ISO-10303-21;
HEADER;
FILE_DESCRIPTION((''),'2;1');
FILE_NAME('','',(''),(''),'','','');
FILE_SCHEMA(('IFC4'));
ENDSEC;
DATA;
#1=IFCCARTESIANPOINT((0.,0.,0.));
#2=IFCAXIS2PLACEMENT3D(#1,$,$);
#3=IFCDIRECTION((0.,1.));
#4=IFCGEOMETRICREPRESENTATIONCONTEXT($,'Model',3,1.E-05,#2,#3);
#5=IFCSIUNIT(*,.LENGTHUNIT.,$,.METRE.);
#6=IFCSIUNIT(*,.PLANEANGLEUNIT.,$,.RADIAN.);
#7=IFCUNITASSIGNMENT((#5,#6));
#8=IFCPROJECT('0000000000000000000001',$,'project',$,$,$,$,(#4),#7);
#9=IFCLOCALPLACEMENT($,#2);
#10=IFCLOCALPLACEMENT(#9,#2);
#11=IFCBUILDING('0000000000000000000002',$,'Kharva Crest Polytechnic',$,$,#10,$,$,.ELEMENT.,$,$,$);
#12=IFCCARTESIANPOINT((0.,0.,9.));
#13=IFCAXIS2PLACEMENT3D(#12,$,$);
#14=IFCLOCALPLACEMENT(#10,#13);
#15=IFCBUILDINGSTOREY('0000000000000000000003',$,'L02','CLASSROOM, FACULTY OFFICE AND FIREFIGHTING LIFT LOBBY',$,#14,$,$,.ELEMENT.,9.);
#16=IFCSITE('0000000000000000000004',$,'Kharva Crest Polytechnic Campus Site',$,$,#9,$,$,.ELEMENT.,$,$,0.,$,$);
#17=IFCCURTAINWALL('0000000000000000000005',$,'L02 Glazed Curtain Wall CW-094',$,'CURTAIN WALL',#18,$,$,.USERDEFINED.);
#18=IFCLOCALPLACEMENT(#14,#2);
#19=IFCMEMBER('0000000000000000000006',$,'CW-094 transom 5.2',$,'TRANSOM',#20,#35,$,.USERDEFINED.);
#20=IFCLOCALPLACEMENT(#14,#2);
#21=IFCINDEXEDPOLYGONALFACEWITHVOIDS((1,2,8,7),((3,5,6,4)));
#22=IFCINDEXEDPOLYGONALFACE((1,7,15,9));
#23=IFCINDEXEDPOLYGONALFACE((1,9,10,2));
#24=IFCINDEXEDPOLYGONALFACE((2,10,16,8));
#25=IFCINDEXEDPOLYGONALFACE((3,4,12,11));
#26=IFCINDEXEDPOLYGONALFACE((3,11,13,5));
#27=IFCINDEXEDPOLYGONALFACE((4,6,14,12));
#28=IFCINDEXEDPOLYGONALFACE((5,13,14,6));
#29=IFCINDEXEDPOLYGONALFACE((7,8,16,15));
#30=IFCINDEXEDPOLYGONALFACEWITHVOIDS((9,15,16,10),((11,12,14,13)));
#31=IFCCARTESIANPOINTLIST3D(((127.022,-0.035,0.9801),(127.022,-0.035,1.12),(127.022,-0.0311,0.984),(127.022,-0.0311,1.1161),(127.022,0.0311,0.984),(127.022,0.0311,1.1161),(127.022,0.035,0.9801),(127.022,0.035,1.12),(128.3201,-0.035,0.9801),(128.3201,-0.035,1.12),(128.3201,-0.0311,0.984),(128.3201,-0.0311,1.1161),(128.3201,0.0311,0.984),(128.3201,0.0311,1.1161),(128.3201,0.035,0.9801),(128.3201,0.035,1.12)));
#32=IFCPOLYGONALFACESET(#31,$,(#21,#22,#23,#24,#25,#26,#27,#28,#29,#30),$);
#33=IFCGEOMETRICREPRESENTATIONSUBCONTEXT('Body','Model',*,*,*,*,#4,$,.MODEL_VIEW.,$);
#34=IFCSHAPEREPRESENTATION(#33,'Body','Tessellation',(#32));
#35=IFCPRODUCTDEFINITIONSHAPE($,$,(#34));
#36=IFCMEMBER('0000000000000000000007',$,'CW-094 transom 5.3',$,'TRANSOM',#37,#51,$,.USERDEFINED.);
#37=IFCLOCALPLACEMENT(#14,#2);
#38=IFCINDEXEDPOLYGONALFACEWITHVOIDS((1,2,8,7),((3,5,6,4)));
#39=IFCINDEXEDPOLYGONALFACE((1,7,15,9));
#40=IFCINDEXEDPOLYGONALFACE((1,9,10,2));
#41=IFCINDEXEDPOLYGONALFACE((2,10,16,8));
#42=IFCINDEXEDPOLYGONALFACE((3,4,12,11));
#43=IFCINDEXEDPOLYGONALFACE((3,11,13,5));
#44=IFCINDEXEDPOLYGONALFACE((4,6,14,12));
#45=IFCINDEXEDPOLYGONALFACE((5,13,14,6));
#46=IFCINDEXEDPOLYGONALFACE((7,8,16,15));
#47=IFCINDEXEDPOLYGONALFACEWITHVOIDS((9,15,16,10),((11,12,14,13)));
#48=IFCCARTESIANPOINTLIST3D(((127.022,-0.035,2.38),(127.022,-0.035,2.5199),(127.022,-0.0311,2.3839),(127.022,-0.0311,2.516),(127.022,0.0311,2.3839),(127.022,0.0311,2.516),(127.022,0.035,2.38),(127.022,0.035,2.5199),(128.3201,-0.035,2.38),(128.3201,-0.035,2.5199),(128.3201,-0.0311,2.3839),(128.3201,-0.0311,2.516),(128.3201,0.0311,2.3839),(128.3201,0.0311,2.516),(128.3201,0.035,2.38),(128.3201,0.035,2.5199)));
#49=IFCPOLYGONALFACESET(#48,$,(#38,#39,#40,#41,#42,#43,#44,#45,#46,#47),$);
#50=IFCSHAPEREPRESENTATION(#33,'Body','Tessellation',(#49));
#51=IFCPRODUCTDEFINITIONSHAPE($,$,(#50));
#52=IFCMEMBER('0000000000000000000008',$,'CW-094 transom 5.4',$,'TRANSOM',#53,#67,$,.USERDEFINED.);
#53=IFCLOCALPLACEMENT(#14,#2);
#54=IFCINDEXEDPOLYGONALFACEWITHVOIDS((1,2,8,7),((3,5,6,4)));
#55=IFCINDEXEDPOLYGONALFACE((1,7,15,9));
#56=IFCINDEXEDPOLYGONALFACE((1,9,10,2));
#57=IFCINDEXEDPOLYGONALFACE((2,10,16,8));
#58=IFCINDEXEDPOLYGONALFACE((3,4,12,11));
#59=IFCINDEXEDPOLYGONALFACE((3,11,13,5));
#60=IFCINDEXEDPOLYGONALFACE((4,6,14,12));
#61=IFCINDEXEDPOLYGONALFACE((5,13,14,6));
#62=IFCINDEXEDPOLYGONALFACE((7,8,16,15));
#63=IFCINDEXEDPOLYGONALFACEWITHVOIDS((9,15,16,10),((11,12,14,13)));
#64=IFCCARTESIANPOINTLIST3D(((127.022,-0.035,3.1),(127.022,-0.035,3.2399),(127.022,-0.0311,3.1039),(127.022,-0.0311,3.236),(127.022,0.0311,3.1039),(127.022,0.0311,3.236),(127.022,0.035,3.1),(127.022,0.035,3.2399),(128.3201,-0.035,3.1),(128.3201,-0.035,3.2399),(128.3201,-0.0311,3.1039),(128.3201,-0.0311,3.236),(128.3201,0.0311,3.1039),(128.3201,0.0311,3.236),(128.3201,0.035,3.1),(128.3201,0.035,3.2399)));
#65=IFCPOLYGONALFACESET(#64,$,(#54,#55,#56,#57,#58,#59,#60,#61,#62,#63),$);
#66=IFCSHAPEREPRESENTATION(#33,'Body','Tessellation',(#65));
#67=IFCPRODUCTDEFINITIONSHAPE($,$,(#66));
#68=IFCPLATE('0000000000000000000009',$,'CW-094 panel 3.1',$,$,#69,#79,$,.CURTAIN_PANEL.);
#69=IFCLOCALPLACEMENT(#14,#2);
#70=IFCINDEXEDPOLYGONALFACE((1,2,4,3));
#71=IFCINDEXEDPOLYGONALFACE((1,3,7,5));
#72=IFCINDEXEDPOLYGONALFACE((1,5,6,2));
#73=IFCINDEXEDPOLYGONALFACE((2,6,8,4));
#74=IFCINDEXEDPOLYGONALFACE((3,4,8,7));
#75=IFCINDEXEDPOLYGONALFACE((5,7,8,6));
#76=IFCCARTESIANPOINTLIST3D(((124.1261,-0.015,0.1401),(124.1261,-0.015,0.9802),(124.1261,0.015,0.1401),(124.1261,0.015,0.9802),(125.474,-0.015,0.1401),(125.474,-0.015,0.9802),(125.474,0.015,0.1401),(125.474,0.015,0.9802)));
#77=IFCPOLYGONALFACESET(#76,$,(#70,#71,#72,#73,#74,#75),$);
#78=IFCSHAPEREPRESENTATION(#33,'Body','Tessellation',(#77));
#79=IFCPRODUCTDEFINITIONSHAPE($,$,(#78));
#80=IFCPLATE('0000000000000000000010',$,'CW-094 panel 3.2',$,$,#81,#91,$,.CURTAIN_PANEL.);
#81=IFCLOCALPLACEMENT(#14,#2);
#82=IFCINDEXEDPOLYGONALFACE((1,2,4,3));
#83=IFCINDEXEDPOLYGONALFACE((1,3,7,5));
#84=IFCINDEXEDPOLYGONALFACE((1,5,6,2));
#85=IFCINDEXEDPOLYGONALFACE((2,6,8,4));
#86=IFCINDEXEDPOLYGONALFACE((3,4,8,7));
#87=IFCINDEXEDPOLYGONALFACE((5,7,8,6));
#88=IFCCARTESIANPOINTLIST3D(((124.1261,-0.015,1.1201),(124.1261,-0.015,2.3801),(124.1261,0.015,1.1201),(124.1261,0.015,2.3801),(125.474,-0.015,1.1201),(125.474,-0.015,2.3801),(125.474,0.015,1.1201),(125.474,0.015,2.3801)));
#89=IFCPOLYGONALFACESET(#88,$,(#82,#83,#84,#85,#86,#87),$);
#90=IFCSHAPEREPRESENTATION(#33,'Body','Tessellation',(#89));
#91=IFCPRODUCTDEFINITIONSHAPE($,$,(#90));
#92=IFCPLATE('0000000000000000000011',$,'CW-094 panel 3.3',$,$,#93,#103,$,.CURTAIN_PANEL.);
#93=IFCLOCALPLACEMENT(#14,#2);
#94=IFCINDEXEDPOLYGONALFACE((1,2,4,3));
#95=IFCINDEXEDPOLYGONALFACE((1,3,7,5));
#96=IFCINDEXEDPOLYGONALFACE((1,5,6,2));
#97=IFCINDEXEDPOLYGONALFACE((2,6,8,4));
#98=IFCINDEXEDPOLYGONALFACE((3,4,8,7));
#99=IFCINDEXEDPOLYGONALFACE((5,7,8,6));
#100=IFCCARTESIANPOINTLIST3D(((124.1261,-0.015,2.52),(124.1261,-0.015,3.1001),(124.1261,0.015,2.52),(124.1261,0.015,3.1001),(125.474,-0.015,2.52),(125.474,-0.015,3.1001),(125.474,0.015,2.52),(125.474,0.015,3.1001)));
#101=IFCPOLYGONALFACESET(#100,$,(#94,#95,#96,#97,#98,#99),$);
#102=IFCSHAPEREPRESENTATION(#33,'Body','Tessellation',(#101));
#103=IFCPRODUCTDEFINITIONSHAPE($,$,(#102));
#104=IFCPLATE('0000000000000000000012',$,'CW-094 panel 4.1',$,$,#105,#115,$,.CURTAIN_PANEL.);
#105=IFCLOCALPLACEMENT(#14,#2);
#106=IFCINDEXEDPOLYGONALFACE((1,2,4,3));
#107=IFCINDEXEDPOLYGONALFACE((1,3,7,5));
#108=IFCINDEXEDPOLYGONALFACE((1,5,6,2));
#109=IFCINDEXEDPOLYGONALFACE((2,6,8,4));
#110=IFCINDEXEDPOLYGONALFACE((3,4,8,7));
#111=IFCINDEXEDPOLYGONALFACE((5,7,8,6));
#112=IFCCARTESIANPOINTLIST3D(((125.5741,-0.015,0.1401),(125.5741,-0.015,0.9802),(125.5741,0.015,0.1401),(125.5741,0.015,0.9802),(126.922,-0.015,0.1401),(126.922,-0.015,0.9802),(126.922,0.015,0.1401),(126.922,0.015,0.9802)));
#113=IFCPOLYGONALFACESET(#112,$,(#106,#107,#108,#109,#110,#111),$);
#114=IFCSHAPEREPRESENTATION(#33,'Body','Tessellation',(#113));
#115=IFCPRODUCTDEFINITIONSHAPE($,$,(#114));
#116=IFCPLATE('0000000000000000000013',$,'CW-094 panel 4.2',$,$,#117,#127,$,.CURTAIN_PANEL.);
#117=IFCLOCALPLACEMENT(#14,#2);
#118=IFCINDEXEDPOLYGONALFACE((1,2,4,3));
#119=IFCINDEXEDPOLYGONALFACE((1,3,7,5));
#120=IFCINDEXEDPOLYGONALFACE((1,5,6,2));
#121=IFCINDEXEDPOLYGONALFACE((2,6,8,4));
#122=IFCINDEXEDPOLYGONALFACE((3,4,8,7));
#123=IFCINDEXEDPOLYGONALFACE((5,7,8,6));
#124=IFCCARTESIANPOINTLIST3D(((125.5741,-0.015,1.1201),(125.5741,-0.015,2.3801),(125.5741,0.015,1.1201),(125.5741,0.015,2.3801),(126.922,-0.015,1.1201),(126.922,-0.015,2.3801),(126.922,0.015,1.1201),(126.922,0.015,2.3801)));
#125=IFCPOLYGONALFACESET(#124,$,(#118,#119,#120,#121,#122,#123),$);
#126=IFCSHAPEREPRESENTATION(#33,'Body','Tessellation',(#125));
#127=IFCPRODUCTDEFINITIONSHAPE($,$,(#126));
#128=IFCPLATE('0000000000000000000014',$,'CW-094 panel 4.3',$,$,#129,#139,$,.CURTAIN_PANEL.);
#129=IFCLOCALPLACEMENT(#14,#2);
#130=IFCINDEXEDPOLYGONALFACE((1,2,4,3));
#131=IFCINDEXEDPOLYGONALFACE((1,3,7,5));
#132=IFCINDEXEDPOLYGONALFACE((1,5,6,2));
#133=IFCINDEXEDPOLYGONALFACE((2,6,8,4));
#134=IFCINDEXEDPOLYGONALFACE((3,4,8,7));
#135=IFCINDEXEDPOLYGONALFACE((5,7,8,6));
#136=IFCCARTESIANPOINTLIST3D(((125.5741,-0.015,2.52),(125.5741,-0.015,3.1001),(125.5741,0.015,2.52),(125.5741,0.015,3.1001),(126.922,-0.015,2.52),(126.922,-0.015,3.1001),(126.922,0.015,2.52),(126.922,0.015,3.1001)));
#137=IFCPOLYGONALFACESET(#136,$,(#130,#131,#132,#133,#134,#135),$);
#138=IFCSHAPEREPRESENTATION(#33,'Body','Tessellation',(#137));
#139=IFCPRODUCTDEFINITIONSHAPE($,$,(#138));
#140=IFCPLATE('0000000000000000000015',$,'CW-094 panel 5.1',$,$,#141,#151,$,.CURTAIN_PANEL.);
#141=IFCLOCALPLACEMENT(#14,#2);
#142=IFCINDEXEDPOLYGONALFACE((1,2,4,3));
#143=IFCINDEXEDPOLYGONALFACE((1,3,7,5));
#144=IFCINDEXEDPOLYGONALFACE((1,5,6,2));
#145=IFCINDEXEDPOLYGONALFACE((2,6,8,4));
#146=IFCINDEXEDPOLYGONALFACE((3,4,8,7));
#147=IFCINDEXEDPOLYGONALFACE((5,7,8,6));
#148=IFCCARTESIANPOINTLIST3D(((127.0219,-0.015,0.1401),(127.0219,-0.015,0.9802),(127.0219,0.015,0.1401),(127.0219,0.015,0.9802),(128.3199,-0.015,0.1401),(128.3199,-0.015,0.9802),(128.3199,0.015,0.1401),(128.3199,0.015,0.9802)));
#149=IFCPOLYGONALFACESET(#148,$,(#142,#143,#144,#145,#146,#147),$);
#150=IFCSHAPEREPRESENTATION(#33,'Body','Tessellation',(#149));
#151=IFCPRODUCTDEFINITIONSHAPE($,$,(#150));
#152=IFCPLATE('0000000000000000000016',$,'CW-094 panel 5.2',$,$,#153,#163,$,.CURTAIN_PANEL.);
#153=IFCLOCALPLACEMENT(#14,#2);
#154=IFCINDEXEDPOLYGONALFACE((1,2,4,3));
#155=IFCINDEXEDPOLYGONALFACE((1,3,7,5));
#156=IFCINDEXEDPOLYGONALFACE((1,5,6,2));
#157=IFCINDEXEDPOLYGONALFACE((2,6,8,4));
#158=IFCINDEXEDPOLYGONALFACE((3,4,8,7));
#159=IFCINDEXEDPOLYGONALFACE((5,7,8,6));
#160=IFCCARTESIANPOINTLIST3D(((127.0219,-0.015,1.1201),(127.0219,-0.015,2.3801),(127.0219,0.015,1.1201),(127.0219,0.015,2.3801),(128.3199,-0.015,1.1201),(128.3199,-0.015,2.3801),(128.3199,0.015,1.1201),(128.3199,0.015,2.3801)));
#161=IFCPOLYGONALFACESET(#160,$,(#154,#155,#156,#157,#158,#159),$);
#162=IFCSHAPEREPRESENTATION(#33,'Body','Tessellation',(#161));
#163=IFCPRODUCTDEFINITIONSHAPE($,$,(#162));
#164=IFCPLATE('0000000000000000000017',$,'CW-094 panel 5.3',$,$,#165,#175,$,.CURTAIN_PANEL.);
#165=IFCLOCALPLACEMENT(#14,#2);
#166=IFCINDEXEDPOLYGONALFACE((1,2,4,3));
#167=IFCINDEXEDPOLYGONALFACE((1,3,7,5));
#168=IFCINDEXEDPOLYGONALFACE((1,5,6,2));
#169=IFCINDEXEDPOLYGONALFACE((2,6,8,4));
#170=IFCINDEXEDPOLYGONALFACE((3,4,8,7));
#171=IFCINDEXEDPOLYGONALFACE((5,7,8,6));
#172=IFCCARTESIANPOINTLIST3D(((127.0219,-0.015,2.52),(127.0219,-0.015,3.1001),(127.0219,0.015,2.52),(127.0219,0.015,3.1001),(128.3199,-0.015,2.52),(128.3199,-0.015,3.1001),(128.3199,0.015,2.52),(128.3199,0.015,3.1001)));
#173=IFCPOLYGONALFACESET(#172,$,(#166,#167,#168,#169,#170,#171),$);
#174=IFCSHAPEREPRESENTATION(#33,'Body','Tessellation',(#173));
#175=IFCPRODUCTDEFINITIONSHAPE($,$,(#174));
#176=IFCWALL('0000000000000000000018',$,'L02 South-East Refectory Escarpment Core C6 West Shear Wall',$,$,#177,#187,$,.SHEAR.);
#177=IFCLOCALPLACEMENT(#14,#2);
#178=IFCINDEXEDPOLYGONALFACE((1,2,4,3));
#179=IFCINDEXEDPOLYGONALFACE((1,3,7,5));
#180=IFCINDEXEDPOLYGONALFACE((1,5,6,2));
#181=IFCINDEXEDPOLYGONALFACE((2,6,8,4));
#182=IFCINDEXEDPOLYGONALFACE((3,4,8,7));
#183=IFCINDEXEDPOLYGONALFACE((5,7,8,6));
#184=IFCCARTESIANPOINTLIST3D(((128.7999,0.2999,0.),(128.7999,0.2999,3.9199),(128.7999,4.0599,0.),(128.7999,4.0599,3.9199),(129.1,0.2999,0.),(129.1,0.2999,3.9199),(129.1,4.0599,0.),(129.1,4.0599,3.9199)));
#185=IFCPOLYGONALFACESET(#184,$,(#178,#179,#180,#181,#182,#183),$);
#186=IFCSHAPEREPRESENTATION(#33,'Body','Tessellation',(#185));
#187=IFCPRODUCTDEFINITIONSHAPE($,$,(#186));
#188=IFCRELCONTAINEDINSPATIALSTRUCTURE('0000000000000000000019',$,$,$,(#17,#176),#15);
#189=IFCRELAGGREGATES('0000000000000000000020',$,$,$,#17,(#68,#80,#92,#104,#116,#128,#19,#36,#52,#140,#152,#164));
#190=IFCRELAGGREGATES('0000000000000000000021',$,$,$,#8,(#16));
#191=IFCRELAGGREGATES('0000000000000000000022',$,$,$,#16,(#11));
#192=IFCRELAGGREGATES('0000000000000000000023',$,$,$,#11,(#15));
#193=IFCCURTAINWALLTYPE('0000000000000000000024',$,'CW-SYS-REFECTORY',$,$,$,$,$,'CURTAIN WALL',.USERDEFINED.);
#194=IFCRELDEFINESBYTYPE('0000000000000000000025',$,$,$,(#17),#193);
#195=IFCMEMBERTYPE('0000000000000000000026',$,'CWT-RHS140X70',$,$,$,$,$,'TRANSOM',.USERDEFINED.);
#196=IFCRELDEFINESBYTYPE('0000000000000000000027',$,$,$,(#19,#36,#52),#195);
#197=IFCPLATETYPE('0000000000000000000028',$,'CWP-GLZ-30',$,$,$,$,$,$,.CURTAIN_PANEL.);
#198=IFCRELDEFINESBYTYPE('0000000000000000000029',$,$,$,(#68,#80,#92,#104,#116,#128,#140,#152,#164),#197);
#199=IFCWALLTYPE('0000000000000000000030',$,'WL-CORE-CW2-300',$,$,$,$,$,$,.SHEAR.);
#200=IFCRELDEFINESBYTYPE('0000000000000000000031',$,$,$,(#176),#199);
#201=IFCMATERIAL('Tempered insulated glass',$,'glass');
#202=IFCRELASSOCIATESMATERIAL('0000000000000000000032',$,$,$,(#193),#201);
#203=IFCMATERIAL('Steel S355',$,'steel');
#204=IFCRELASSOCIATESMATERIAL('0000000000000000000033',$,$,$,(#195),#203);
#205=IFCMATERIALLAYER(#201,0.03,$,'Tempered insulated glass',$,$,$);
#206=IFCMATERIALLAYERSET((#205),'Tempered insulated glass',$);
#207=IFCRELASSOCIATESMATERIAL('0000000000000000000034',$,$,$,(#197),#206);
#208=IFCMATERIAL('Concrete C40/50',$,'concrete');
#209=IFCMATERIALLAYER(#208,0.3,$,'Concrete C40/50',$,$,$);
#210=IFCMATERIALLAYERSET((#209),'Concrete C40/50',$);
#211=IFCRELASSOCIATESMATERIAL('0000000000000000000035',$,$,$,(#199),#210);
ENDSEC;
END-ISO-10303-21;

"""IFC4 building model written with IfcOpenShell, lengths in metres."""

from ifc_helpers import new_model, si_unit, direction, frame, frame_2d, origin, origin_2d, place, context, subcontext, project, spatial, rectangle, hollow_rectangle, extrude, material, layer, layer_set, material_profile, profile_set, type_object, element, aggregate, save


model = new_model("IFC4")

# Units and contexts
model_context = context("Model", 3, precision=1e-05, world=origin(), true_north=direction((0.0, 1.0)))
body_context = subcontext(model_context, "Body", "Model", "MODEL_VIEW")
ifc_project = project(units=[si_unit("LENGTHUNIT", "METRE"), si_unit("PLANEANGLEUNIT", "RADIAN")], contexts=[model_context])

# Site, building, storey
site_placement = place(None, origin())
site = spatial("IfcSite", under=ifc_project, at=site_placement, Name="Kharva Crest Polytechnic Campus Site", CompositionType="ELEMENT", RefElevation=0.0)
building_placement = place(site_placement, origin())
building = spatial("IfcBuilding", under=site, at=building_placement, Name="Kharva Crest Polytechnic", CompositionType="ELEMENT")
storey_placement = place(building_placement, frame((0.0, 0.0, 9.0)))
storey = spatial("IfcBuildingStorey", under=building, at=storey_placement, Name="L02", Description="CLASSROOM, FACULTY OFFICE AND FIREFIGHTING LIFT LOBBY", CompositionType="ELEMENT", Elevation=9.0)

# Shared definitions
ifc_material_1 = material(Name="Concrete C40/50", Category="concrete")
ifc_material_2 = material(Name="Steel S355", Category="steel")

# Curtain wall, members, plates
ifc_material_3 = material(Name="Tempered insulated glass", Category="glass")
curtain_wall_type = type_object("IfcCurtainWallType", Name="CW-SYS-REFECTORY", ElementType="CURTAIN WALL", PredefinedType="USERDEFINED", material=ifc_material_3)
curtain_wall_placement = place(storey_placement, origin())
curtain_wall = element("IfcCurtainWall", 1, at=curtain_wall_placement, inside=storey, type_object=curtain_wall_type, Name="L02 Glazed Curtain Wall CW-094", ObjectType="CURTAIN WALL", PredefinedType="USERDEFINED")
ifc_material_profile_1 = material_profile(ifc_material_2, hollow_rectangle(XDim=0.0701, YDim=0.1399, WallThickness=0.0039, at=origin_2d()), Name="RHS 140X70X4.0")
ifc_profile_set_1 = profile_set([ifc_material_profile_1], Name="Steel S355")
member_type_1 = type_object("IfcMemberType", Name="CWT-RHS140X70", ElementType="TRANSOM", PredefinedType="USERDEFINED", material=ifc_profile_set_1)
member_1_placement = place(storey_placement, frame((127.022, 0.0, 1.05), z_axis=(1.0, 0.0, 0.0), x_axis=(0.0, 1.0, 0.0)))
member_1 = element("IfcMember", 2, at=member_1_placement, type_object=member_type_1, Name="CW-094 transom 5.2", ObjectType="TRANSOM", PredefinedType="USERDEFINED", context=body_context, shape_type="SweptSolid", body=[
    extrude(hollow_rectangle(XDim=0.0701, YDim=0.1399, WallThickness=0.0039, at=origin_2d()), origin(), (0.0, 0.0, 1.0), 1.2981),
])
member_2_placement = place(storey_placement, frame((127.022, 0.0, 2.45), z_axis=(1.0, 0.0, 0.0), x_axis=(0.0, 1.0, 0.0)))
member_2 = element("IfcMember", 3, at=member_2_placement, type_object=member_type_1, Name="CW-094 transom 5.3", ObjectType="TRANSOM", PredefinedType="USERDEFINED", context=body_context, shape_type="SweptSolid", body=[
    extrude(hollow_rectangle(XDim=0.0701, YDim=0.1399, WallThickness=0.0039, at=origin_2d()), origin(), (0.0, 0.0, 1.0), 1.2981),
])
member_3_placement = place(storey_placement, frame((127.022, 0.0, 3.1699), z_axis=(1.0, 0.0, 0.0), x_axis=(0.0, 1.0, 0.0)))
member_3 = element("IfcMember", 4, at=member_3_placement, type_object=member_type_1, Name="CW-094 transom 5.4", ObjectType="TRANSOM", PredefinedType="USERDEFINED", context=body_context, shape_type="SweptSolid", body=[
    extrude(hollow_rectangle(XDim=0.0701, YDim=0.1399, WallThickness=0.0039, at=origin_2d()), origin(), (0.0, 0.0, 1.0), 1.2981),
])
ifc_layer_1 = layer(ifc_material_3, 0.03, Name="Tempered insulated glass")
ifc_layer_set_1 = layer_set([ifc_layer_1], Name="Tempered insulated glass")
plate_type = type_object("IfcPlateType", Name="CWP-GLZ-30", PredefinedType="CURTAIN_PANEL", material=ifc_layer_set_1)
plate_1_placement = place(storey_placement, frame((124.8, 0.0, 0.1401), z_axis=(0.0, 0.0, 1.0), x_axis=(1.0, 0.0, 0.0)))
plate_1 = element("IfcPlate", 5, at=plate_1_placement, type_object=plate_type, Name="CW-094 panel 3.1", PredefinedType="CURTAIN_PANEL", context=body_context, shape_type="SweptSolid", body=[
    extrude(rectangle(XDim=1.3479, YDim=0.03, at=origin_2d()), origin(), (0.0, 0.0, 1.0), 0.8401),
])
plate_2_placement = place(storey_placement, frame((124.8, 0.0, 1.1201), z_axis=(0.0, 0.0, 1.0), x_axis=(1.0, 0.0, 0.0)))
plate_2 = element("IfcPlate", 6, at=plate_2_placement, type_object=plate_type, Name="CW-094 panel 3.2", PredefinedType="CURTAIN_PANEL", context=body_context, shape_type="SweptSolid", body=[
    extrude(rectangle(XDim=1.3479, YDim=0.03, at=origin_2d()), origin(), (0.0, 0.0, 1.0), 1.26),
])
plate_3_placement = place(storey_placement, frame((124.8, 0.0, 2.52), z_axis=(0.0, 0.0, 1.0), x_axis=(1.0, 0.0, 0.0)))
plate_3 = element("IfcPlate", 7, at=plate_3_placement, type_object=plate_type, Name="CW-094 panel 3.3", PredefinedType="CURTAIN_PANEL", context=body_context, shape_type="SweptSolid", body=[
    extrude(rectangle(XDim=1.3479, YDim=0.03, at=origin_2d()), origin(), (0.0, 0.0, 1.0), 0.5801),
])
plate_4_placement = place(storey_placement, frame((126.248, 0.0, 0.1401), z_axis=(0.0, 0.0, 1.0), x_axis=(1.0, 0.0, 0.0)))
plate_4 = element("IfcPlate", 8, at=plate_4_placement, type_object=plate_type, Name="CW-094 panel 4.1", PredefinedType="CURTAIN_PANEL", context=body_context, shape_type="SweptSolid", body=[
    extrude(rectangle(XDim=1.3479, YDim=0.03, at=origin_2d()), origin(), (0.0, 0.0, 1.0), 0.8401),
])
plate_5_placement = place(storey_placement, frame((126.248, 0.0, 1.1201), z_axis=(0.0, 0.0, 1.0), x_axis=(1.0, 0.0, 0.0)))
plate_5 = element("IfcPlate", 9, at=plate_5_placement, type_object=plate_type, Name="CW-094 panel 4.2", PredefinedType="CURTAIN_PANEL", context=body_context, shape_type="SweptSolid", body=[
    extrude(rectangle(XDim=1.3479, YDim=0.03, at=origin_2d()), origin(), (0.0, 0.0, 1.0), 1.26),
])
plate_6_placement = place(storey_placement, frame((126.248, 0.0, 2.52), z_axis=(0.0, 0.0, 1.0), x_axis=(1.0, 0.0, 0.0)))
plate_6 = element("IfcPlate", 10, at=plate_6_placement, type_object=plate_type, Name="CW-094 panel 4.3", PredefinedType="CURTAIN_PANEL", context=body_context, shape_type="SweptSolid", body=[
    extrude(rectangle(XDim=1.3479, YDim=0.03, at=origin_2d()), origin(), (0.0, 0.0, 1.0), 0.5801),
])
plate_7_placement = place(storey_placement, frame((127.6709, 0.0, 0.1401), z_axis=(0.0, 0.0, 1.0), x_axis=(1.0, 0.0, 0.0)))
plate_7 = element("IfcPlate", 11, at=plate_7_placement, type_object=plate_type, Name="CW-094 panel 5.1", PredefinedType="CURTAIN_PANEL", context=body_context, shape_type="SweptSolid", body=[
    extrude(rectangle(XDim=1.2981, YDim=0.03, at=origin_2d()), origin(), (0.0, 0.0, 1.0), 0.8401),
])
plate_8_placement = place(storey_placement, frame((127.6709, 0.0, 1.1201), z_axis=(0.0, 0.0, 1.0), x_axis=(1.0, 0.0, 0.0)))
plate_8 = element("IfcPlate", 12, at=plate_8_placement, type_object=plate_type, Name="CW-094 panel 5.2", PredefinedType="CURTAIN_PANEL", context=body_context, shape_type="SweptSolid", body=[
    extrude(rectangle(XDim=1.2981, YDim=0.03, at=origin_2d()), origin(), (0.0, 0.0, 1.0), 1.26),
])
plate_9_placement = place(storey_placement, frame((127.6709, 0.0, 2.52), z_axis=(0.0, 0.0, 1.0), x_axis=(1.0, 0.0, 0.0)))
plate_9 = element("IfcPlate", 13, at=plate_9_placement, type_object=plate_type, Name="CW-094 panel 5.3", PredefinedType="CURTAIN_PANEL", context=body_context, shape_type="SweptSolid", body=[
    extrude(rectangle(XDim=1.2981, YDim=0.03, at=origin_2d()), origin(), (0.0, 0.0, 1.0), 0.5801),
])
aggregate(curtain_wall, [plate_1, plate_2, plate_3, plate_4, plate_5, plate_6, member_1, member_2, member_3, plate_7, plate_8, plate_9])

# Wall
ifc_layer_2 = layer(ifc_material_1, 0.3, Name="Concrete C40/50")
ifc_layer_set_2 = layer_set([ifc_layer_2], Name="Concrete C40/50")
wall_type_1 = type_object("IfcWallType", Name="WL-CORE-CW2-300", PredefinedType="SHEAR", material=ifc_layer_set_2)
wall_1_placement = place(storey_placement, frame((128.95, 0.3, 0.0), z_axis=(0.0, 0.0, 1.0), x_axis=(0.0, 1.0, 0.0)))
element("IfcWall", 14, at=wall_1_placement, inside=storey, type_object=wall_type_1, Name="L02 South-East Refectory Escarpment Core C6 West Shear Wall", PredefinedType="SHEAR", context=body_context, shape_type="SweptSolid", body=[
    extrude(rectangle(XDim=3.76, YDim=0.3, at=frame_2d((1.8799, 0.0))), origin(), (0.0, 0.0, 1.0), 3.9199),
])

save(model, "model.ifc")
